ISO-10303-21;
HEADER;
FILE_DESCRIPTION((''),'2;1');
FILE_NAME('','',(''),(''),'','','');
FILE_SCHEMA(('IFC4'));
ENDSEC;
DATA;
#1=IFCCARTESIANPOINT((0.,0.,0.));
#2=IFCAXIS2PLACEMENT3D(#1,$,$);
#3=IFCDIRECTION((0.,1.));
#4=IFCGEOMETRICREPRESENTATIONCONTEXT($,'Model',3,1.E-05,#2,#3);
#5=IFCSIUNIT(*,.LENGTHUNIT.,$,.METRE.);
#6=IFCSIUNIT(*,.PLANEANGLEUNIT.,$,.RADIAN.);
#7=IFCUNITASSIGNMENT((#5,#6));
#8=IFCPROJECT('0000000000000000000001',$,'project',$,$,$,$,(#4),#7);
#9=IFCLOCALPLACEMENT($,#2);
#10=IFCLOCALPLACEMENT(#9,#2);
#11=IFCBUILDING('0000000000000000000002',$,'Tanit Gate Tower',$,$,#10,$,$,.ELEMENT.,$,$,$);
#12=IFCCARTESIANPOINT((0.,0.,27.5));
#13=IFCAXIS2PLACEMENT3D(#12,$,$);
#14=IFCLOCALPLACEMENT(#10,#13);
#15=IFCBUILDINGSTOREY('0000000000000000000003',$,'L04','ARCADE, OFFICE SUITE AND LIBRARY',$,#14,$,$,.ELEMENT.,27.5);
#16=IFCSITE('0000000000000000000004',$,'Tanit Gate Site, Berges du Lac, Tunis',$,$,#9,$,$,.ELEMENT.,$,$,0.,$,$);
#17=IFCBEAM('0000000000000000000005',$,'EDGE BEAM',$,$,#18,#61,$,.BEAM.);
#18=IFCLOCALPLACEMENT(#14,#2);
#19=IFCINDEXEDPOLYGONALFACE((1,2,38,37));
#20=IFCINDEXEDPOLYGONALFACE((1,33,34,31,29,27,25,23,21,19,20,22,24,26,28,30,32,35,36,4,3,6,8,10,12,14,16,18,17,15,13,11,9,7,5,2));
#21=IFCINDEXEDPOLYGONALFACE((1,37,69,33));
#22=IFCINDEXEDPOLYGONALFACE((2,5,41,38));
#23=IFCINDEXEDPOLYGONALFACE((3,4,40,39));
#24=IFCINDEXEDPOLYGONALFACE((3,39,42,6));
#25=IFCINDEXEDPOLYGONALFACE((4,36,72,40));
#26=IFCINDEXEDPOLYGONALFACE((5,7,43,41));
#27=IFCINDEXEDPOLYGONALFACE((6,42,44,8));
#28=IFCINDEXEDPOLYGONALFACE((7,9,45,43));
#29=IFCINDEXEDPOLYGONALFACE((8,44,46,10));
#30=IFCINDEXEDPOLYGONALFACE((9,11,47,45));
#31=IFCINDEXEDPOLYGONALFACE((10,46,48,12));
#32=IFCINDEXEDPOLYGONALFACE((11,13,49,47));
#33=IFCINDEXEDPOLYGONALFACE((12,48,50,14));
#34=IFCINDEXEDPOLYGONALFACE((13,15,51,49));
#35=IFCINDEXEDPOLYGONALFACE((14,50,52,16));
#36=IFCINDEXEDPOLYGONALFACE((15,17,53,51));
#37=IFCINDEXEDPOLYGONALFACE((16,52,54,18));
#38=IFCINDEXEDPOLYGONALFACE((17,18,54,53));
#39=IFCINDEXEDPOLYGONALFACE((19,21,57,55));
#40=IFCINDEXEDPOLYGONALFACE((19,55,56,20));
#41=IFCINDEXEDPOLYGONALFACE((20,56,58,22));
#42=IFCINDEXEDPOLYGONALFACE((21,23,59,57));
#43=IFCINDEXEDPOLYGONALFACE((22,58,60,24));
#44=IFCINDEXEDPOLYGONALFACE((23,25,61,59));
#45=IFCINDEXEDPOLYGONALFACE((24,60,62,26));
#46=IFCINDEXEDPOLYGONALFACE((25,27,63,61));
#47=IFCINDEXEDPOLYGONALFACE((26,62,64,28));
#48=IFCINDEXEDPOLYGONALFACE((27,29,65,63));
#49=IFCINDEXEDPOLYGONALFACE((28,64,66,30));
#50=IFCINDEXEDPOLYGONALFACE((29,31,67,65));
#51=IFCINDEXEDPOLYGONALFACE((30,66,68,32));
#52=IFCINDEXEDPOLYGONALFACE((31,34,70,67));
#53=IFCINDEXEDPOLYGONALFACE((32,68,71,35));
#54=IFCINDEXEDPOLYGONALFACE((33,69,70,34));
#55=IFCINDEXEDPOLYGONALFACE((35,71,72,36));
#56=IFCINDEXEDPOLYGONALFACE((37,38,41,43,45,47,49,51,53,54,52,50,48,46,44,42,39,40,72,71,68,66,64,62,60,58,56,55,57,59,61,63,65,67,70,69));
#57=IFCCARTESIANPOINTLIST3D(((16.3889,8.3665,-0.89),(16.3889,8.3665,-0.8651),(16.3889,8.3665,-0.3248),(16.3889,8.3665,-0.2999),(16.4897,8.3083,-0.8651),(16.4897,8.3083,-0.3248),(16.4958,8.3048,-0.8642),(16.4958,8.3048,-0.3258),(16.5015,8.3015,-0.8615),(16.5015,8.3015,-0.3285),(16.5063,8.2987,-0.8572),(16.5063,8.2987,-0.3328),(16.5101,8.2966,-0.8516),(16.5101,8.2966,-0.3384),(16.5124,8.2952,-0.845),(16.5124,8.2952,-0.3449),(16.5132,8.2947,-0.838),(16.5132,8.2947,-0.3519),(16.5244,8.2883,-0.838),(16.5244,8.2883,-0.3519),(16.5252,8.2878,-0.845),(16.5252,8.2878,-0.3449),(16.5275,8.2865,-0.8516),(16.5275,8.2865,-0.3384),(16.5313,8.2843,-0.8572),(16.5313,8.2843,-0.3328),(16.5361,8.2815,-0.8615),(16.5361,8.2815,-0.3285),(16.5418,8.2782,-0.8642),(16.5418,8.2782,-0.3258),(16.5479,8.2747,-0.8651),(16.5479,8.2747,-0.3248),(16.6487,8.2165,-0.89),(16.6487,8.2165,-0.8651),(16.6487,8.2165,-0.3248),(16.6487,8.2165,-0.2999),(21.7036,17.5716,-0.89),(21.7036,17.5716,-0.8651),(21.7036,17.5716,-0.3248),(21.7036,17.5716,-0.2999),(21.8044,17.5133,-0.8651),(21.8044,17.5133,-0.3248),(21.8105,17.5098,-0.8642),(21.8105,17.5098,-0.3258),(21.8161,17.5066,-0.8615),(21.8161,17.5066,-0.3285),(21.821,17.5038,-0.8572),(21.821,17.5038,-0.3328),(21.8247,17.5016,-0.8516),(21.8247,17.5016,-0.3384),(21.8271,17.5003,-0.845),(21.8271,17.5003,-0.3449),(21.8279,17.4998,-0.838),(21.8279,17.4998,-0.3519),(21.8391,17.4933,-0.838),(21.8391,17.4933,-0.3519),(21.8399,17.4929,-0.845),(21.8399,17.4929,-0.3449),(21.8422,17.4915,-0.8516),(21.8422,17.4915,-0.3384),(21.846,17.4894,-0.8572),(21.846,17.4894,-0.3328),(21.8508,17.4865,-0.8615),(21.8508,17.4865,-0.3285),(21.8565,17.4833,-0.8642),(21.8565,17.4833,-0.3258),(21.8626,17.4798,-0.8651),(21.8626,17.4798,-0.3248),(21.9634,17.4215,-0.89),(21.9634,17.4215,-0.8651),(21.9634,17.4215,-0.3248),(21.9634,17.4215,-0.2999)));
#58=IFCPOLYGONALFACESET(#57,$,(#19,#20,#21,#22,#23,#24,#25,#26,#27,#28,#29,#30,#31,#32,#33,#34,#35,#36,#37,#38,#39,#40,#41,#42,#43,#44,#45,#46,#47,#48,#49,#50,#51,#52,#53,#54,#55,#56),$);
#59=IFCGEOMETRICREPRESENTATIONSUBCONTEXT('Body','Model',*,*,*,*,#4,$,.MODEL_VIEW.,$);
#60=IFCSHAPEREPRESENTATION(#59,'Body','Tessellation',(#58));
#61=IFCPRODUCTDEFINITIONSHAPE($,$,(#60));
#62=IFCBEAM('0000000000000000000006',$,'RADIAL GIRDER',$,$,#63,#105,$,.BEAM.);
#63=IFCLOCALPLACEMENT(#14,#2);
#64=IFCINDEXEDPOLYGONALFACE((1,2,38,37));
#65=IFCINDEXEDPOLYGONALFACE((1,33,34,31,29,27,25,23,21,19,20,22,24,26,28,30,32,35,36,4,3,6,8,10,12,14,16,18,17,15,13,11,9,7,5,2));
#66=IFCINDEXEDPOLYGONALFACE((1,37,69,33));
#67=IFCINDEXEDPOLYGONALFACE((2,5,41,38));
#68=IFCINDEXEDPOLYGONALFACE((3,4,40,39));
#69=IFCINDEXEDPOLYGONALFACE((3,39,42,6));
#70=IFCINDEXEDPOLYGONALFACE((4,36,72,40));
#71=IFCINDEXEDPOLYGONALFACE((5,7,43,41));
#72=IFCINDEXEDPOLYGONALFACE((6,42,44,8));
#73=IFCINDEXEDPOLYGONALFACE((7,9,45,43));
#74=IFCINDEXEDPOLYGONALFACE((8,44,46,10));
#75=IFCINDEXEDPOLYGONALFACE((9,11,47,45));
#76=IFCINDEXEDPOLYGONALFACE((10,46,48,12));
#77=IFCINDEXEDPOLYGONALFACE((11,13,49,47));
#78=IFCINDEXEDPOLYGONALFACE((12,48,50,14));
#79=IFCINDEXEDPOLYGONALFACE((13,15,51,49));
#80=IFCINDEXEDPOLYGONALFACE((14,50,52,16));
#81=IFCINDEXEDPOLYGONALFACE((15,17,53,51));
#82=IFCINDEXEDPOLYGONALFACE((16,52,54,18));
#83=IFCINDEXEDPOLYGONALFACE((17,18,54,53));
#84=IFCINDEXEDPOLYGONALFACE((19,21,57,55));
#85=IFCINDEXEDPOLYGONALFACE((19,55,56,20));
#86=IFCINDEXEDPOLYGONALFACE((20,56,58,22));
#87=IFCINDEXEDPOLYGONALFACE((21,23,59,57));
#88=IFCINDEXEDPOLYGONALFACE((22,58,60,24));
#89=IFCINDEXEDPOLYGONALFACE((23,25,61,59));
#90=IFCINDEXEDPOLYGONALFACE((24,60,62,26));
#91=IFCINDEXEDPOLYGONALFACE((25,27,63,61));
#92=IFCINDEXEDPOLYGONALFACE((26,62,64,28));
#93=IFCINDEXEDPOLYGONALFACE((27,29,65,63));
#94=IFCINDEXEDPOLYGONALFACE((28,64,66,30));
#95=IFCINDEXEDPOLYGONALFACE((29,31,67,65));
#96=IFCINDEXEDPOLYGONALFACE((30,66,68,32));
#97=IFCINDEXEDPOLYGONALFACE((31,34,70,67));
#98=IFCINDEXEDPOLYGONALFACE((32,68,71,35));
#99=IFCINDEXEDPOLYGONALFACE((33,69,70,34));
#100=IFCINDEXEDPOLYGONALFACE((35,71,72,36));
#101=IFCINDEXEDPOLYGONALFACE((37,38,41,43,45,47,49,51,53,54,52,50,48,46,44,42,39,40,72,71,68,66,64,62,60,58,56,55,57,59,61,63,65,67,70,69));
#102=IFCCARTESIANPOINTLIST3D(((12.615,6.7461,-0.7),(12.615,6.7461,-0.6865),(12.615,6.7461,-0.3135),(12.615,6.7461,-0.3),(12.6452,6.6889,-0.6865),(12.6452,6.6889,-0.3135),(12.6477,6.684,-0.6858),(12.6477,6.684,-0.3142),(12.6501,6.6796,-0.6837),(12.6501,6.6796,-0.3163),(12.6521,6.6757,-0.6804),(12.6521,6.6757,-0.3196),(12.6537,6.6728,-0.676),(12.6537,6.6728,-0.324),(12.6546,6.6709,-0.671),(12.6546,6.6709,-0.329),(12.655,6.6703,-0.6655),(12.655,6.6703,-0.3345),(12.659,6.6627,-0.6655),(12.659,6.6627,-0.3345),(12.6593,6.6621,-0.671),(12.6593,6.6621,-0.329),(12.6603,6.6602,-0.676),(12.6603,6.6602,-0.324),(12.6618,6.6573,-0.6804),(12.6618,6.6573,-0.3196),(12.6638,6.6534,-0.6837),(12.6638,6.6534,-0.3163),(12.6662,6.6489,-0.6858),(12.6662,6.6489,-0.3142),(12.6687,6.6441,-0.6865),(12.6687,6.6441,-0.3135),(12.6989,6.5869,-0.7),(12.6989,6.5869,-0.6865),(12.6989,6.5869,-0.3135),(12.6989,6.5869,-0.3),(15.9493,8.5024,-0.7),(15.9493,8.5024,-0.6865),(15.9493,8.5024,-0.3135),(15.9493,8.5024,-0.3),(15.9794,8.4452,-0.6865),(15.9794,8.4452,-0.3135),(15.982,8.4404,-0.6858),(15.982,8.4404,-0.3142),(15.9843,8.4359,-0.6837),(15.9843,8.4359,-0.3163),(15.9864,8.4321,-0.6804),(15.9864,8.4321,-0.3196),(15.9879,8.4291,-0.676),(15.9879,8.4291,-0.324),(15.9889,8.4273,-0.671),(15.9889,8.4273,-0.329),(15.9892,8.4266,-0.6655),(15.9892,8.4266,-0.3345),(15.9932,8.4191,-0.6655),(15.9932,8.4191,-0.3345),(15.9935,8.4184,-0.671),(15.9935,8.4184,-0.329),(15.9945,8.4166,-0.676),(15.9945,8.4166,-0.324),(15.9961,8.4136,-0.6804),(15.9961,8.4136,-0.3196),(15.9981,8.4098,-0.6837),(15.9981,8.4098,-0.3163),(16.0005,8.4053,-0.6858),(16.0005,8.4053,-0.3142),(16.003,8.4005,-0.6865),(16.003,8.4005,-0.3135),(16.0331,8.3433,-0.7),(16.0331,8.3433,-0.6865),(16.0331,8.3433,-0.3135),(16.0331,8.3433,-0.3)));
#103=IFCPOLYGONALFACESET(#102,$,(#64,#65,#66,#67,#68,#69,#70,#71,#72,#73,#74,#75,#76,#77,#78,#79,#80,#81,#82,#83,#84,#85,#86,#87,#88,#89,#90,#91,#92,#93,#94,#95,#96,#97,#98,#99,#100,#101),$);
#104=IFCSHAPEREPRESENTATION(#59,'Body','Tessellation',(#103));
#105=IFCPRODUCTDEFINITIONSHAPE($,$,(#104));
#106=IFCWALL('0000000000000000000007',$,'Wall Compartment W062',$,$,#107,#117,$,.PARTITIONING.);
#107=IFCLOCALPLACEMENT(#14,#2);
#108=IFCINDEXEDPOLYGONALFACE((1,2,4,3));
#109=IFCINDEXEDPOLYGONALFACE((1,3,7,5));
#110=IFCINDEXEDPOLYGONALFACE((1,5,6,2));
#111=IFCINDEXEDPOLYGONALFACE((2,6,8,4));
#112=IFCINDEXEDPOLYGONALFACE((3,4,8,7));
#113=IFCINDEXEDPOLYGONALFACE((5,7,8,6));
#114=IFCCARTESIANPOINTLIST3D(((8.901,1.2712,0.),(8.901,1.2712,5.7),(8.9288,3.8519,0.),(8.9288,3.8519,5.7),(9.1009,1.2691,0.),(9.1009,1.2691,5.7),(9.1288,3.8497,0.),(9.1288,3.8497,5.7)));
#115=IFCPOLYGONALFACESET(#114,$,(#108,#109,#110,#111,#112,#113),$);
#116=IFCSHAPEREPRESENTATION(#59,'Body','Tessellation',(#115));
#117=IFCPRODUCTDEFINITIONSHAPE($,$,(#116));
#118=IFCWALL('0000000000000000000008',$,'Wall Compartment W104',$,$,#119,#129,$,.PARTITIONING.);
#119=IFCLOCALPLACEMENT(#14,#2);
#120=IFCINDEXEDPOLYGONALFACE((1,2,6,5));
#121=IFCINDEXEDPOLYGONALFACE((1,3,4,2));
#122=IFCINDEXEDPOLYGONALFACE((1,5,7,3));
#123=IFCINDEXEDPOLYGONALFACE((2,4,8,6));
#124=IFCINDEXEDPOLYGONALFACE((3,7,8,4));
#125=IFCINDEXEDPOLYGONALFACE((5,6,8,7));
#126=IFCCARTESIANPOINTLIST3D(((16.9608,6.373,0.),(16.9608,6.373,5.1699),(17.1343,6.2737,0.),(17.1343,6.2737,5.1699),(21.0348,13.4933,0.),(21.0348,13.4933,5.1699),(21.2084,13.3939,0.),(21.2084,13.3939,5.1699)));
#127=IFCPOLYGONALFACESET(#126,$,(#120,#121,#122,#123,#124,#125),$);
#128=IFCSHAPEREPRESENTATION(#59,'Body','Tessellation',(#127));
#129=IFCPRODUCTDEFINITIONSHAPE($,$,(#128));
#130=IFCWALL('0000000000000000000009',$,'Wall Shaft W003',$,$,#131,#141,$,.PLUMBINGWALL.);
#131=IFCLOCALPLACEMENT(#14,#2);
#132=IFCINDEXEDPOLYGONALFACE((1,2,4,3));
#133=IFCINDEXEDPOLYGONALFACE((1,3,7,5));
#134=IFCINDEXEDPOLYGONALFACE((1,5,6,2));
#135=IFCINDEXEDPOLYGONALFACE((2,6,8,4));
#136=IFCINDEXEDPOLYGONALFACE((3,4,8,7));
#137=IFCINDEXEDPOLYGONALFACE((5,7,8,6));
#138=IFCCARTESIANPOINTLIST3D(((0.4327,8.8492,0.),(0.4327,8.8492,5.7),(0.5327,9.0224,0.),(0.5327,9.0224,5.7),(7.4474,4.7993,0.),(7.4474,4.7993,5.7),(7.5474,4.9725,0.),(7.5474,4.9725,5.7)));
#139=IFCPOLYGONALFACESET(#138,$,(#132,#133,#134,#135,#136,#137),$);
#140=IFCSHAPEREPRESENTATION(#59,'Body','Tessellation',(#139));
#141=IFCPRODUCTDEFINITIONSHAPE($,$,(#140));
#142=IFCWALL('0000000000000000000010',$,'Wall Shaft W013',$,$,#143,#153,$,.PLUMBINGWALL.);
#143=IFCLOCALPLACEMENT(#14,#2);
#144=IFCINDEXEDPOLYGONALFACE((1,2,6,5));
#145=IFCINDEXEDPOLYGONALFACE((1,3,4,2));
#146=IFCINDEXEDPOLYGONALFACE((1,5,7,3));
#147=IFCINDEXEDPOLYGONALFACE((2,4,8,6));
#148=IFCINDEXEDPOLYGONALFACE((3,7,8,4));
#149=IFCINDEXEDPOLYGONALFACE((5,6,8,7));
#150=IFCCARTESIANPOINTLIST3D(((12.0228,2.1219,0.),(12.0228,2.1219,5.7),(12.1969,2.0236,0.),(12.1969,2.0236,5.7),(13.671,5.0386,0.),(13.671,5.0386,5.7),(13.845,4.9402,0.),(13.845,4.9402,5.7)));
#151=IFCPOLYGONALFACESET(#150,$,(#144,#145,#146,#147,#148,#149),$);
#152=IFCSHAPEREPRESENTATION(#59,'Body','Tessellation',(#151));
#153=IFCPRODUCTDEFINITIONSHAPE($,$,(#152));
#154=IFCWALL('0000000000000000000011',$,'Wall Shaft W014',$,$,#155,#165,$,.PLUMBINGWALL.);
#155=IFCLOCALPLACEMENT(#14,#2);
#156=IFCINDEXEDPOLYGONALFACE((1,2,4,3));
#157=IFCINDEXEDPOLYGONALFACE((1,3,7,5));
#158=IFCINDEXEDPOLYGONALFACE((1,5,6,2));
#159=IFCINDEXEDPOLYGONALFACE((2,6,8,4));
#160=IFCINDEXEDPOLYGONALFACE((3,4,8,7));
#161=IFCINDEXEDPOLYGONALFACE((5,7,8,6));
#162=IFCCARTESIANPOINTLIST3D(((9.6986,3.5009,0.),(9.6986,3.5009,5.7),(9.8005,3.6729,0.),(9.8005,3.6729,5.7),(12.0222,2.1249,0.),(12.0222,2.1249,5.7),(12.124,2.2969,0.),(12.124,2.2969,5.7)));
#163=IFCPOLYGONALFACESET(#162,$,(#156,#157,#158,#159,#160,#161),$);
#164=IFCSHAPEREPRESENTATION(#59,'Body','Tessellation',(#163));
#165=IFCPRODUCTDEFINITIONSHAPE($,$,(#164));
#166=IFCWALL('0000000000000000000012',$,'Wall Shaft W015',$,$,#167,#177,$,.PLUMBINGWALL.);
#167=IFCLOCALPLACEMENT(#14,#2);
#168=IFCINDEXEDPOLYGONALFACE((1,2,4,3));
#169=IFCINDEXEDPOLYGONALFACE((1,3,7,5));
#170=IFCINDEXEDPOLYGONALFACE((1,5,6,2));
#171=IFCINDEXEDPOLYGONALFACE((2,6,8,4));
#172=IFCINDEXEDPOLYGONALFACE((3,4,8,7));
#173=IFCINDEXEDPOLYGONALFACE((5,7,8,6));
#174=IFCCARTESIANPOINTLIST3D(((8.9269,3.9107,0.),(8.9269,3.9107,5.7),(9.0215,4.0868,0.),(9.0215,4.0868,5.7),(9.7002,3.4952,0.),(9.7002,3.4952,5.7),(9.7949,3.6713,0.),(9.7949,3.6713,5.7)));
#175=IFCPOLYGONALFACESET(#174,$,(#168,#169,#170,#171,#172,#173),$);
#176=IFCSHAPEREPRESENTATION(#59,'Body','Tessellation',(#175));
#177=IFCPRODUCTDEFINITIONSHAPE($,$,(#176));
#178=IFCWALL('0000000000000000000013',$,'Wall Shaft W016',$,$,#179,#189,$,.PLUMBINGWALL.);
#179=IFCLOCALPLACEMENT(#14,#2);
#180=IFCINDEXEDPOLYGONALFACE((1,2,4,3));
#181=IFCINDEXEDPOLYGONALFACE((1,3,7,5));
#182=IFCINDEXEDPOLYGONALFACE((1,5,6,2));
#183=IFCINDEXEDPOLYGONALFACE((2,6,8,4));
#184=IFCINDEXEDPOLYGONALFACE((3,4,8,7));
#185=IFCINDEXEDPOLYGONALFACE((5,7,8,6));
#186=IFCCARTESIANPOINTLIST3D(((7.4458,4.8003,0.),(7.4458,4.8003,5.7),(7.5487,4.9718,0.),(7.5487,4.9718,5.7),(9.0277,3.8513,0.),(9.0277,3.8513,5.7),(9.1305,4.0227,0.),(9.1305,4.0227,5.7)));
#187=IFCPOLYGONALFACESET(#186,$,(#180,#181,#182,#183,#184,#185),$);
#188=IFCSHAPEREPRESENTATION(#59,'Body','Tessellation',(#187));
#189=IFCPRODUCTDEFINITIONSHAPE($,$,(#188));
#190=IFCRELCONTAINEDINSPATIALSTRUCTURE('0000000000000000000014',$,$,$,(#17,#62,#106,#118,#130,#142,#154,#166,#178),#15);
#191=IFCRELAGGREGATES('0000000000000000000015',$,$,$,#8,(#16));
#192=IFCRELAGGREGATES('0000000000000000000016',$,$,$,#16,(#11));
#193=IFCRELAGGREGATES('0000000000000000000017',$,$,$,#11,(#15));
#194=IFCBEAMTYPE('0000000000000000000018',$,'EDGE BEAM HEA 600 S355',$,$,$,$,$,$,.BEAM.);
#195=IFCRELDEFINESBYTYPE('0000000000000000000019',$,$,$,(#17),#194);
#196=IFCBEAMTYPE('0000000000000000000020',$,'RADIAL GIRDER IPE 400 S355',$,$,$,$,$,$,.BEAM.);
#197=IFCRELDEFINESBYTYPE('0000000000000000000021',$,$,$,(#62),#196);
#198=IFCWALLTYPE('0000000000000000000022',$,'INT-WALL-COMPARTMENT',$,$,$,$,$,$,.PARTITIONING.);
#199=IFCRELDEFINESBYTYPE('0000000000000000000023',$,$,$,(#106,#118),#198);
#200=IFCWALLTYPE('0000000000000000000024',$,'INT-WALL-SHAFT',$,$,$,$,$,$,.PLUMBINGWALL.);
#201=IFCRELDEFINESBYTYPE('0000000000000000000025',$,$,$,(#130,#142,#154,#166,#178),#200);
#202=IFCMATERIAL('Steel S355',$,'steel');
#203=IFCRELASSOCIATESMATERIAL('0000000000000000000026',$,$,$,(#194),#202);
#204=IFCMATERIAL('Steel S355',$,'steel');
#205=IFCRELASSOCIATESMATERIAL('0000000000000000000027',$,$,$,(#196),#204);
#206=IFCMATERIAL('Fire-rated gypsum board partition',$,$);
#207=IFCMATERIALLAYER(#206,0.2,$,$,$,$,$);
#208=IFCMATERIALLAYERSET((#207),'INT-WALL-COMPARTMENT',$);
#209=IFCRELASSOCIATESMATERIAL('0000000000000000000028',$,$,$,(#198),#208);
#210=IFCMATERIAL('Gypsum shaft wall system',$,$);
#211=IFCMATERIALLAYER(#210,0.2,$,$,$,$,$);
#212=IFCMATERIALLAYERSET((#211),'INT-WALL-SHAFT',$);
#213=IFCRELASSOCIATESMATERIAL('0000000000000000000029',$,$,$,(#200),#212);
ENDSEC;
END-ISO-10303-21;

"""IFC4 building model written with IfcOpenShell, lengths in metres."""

from ifc_helpers import new_model, si_unit, direction, frame, frame_2d, origin, origin_2d, place, context, subcontext, project, spatial, rectangle, i_section, extrude, material, layer, layer_set, material_profile, profile_set, type_object, element, save


model = new_model("IFC4")

# Units and contexts
model_context = context("Model", 3, precision=1e-05, world=origin(), true_north=direction((0.0, 1.0)))
body_context = subcontext(model_context, "Body", "Model", "MODEL_VIEW")
ifc_project = project(units=[si_unit("LENGTHUNIT", "METRE"), si_unit("PLANEANGLEUNIT", "RADIAN")], contexts=[model_context])

# Site, building, storey
site_placement = place(None, origin())
site = spatial("IfcSite", under=ifc_project, at=site_placement, Name="Tanit Gate Site, Berges du Lac, Tunis", CompositionType="ELEMENT", RefElevation=0.0)
building_placement = place(site_placement, origin())
building = spatial("IfcBuilding", under=site, at=building_placement, Name="Tanit Gate Tower", CompositionType="ELEMENT")
storey_placement = place(building_placement, frame((0.0, 0.0, 27.5)))
storey = spatial("IfcBuildingStorey", under=building, at=storey_placement, Name="L04", Description="ARCADE, OFFICE SUITE AND LIBRARY", CompositionType="ELEMENT", Elevation=27.5)

# Beams
ifc_material_1 = material(Name="Steel S355", Category="steel")
ifc_material_profile_1 = material_profile(ifc_material_1, i_section(OverallWidth=0.3, OverallDepth=0.5901, WebThickness=0.0129, FlangeThickness=0.0249, FilletRadius=0.0271, at=origin_2d()), Name="HEA 600")
ifc_profile_set_1 = profile_set([ifc_material_profile_1], Name="Steel S355")
beam_type_1 = type_object("IfcBeamType", Name="EDGE BEAM HEA 600 S355", PredefinedType="BEAM", material=ifc_profile_set_1)
beam_1_placement = place(storey_placement, frame((16.5188, 8.2915, -0.595), z_axis=(0.50001, 0.86602, 0.0), x_axis=(-0.86602, 0.50001, 0.0)))
element("IfcBeam", 1, at=beam_1_placement, inside=storey, type_object=beam_type_1, Name="EDGE BEAM", PredefinedType="BEAM", context=body_context, shape_type="SweptSolid", body=[
    extrude(i_section(OverallWidth=0.3, OverallDepth=0.5901, WebThickness=0.0129, FlangeThickness=0.0249, FilletRadius=0.0271, at=origin_2d()), origin(), (0.0, 0.0, 1.0), 10.6292),
])
ifc_material_2 = material(Name="Steel S355", Category="steel")
ifc_material_profile_2 = material_profile(ifc_material_2, i_section(OverallWidth=0.1799, OverallDepth=0.3999, WebThickness=0.0085, FlangeThickness=0.0134, FilletRadius=0.021, at=origin_2d()), Name="IPE 400")
ifc_profile_set_2 = profile_set([ifc_material_profile_2], Name="Steel S355")
beam_type_2 = type_object("IfcBeamType", Name="RADIAL GIRDER IPE 400 S355", PredefinedType="BEAM", material=ifc_profile_set_2)
beam_2_placement = place(storey_placement, frame((15.9912, 8.4229, -0.5), z_axis=(-0.884755, -0.466056, 0.0), x_axis=(0.466056, -0.884755, 0.0)))
element("IfcBeam", 2, at=beam_2_placement, inside=storey, type_object=beam_type_2, Name="RADIAL GIRDER", PredefinedType="BEAM", context=body_context, shape_type="SweptSolid", body=[
    extrude(i_section(OverallWidth=0.1799, OverallDepth=0.3999, WebThickness=0.0085, FlangeThickness=0.0134, FilletRadius=0.021, at=origin_2d()), origin(), (0.0, 0.0, 1.0), 3.7686),
])

# Walls
ifc_material_3 = material(Name="Fire-rated gypsum board partition")
ifc_layer_1 = layer(ifc_material_3, 0.2)
ifc_layer_set_1 = layer_set([ifc_layer_1], Name="INT-WALL-COMPARTMENT")
wall_type_1 = type_object("IfcWallType", Name="INT-WALL-COMPARTMENT", PredefinedType="PARTITIONING", material=ifc_layer_set_1)
wall_1_placement = place(storey_placement, frame((9.001, 1.27, 0.0), z_axis=(0.0, 0.0, 1.0), x_axis=(0.010785, 0.999942, 0.0)))
element("IfcWall", 3, at=wall_1_placement, inside=storey, type_object=wall_type_1, Name="Wall Compartment W062", PredefinedType="PARTITIONING", context=body_context, shape_type="SweptSolid", body=[
    extrude(rectangle(XDim=2.5808, YDim=0.2, at=frame_2d((1.2905, 0.0))), origin(), (0.0, 0.0, 1.0), 5.7),
])
wall_2_placement = place(storey_placement, frame((17.0476, 6.3235, 0.0), z_axis=(0.0, 0.0, 1.0), x_axis=(0.496629, 0.867963, 0.0)))
element("IfcWall", 4, at=wall_2_placement, inside=storey, type_object=wall_type_1, Name="Wall Compartment W104", PredefinedType="PARTITIONING", context=body_context, shape_type="SweptSolid", body=[
    extrude(rectangle(XDim=8.2034, YDim=0.2, at=frame_2d((4.1016, 0.0))), origin(), (0.0, 0.0, 1.0), 5.1699),
])
ifc_material_4 = material(Name="Gypsum shaft wall system")
ifc_layer_2 = layer(ifc_material_4, 0.2)
ifc_layer_set_2 = layer_set([ifc_layer_2], Name="INT-WALL-SHAFT")
wall_type_2 = type_object("IfcWallType", Name="INT-WALL-SHAFT", PredefinedType="PLUMBINGWALL", material=ifc_layer_set_2)
wall_3_placement = place(storey_placement, frame((7.4973, 4.886, 0.0), z_axis=(0.0, 0.0, 1.0), x_axis=(-0.866031, 0.49999, 0.0)))
element("IfcWall", 5, at=wall_3_placement, inside=storey, type_object=wall_type_2, Name="Wall Shaft W003", PredefinedType="PLUMBINGWALL", context=body_context, shape_type="SweptSolid", body=[
    extrude(rectangle(XDim=8.0999, YDim=0.2, at=frame_2d((4.0498, 0.0))), origin(), (0.0, 0.0, 1.0), 5.7),
])
wall_4_placement = place(storey_placement, frame((12.1099, 2.0728, 0.0), z_axis=(0.0, 0.0, 1.0), x_axis=(0.491966, 0.870614, 0.0)))
element("IfcWall", 6, at=wall_4_placement, inside=storey, type_object=wall_type_2, Name="Wall Shaft W013", PredefinedType="PLUMBINGWALL", context=body_context, shape_type="SweptSolid", body=[
    extrude(rectangle(XDim=3.3501, YDim=0.2, at=frame_2d((1.675, 0.0))), origin(), (0.0, 0.0, 1.0), 5.7),
])
wall_5_placement = place(storey_placement, frame((12.073, 2.2109, 0.0), z_axis=(0.0, 0.0, 1.0), x_axis=(-0.860438, 0.509555, 0.0)))
element("IfcWall", 7, at=wall_5_placement, inside=storey, type_object=wall_type_2, Name="Wall Shaft W014", PredefinedType="PLUMBINGWALL", context=body_context, shape_type="SweptSolid", body=[
    extrude(rectangle(XDim=2.7004, YDim=0.2, at=frame_2d((1.3501, 0.0))), origin(), (0.0, 0.0, 1.0), 5.7),
])
wall_6_placement = place(storey_placement, frame((9.7476, 3.5833, 0.0), z_axis=(0.0, 0.0, 1.0), x_axis=(-0.880917, 0.473271, 0.0)))
element("IfcWall", 8, at=wall_6_placement, inside=storey, type_object=wall_type_2, Name="Wall Shaft W015", PredefinedType="PLUMBINGWALL", context=body_context, shape_type="SweptSolid", body=[
    extrude(rectangle(XDim=0.8779, YDim=0.2, at=frame_2d((0.439, 0.0))), origin(), (0.0, 0.0, 1.0), 5.7),
])
wall_7_placement = place(storey_placement, frame((9.0791, 3.937, 0.0), z_axis=(0.0, 0.0, 1.0), x_axis=(-0.857516, 0.514457, 0.0)))
element("IfcWall", 9, at=wall_7_placement, inside=storey, type_object=wall_type_2, Name="Wall Shaft W016", PredefinedType="PLUMBINGWALL", context=body_context, shape_type="SweptSolid", body=[
    extrude(rectangle(XDim=1.8447, YDim=0.2, at=frame_2d((0.9224, 0.0))), origin(), (0.0, 0.0, 1.0), 5.7),
])

save(model, "model.ifc")
